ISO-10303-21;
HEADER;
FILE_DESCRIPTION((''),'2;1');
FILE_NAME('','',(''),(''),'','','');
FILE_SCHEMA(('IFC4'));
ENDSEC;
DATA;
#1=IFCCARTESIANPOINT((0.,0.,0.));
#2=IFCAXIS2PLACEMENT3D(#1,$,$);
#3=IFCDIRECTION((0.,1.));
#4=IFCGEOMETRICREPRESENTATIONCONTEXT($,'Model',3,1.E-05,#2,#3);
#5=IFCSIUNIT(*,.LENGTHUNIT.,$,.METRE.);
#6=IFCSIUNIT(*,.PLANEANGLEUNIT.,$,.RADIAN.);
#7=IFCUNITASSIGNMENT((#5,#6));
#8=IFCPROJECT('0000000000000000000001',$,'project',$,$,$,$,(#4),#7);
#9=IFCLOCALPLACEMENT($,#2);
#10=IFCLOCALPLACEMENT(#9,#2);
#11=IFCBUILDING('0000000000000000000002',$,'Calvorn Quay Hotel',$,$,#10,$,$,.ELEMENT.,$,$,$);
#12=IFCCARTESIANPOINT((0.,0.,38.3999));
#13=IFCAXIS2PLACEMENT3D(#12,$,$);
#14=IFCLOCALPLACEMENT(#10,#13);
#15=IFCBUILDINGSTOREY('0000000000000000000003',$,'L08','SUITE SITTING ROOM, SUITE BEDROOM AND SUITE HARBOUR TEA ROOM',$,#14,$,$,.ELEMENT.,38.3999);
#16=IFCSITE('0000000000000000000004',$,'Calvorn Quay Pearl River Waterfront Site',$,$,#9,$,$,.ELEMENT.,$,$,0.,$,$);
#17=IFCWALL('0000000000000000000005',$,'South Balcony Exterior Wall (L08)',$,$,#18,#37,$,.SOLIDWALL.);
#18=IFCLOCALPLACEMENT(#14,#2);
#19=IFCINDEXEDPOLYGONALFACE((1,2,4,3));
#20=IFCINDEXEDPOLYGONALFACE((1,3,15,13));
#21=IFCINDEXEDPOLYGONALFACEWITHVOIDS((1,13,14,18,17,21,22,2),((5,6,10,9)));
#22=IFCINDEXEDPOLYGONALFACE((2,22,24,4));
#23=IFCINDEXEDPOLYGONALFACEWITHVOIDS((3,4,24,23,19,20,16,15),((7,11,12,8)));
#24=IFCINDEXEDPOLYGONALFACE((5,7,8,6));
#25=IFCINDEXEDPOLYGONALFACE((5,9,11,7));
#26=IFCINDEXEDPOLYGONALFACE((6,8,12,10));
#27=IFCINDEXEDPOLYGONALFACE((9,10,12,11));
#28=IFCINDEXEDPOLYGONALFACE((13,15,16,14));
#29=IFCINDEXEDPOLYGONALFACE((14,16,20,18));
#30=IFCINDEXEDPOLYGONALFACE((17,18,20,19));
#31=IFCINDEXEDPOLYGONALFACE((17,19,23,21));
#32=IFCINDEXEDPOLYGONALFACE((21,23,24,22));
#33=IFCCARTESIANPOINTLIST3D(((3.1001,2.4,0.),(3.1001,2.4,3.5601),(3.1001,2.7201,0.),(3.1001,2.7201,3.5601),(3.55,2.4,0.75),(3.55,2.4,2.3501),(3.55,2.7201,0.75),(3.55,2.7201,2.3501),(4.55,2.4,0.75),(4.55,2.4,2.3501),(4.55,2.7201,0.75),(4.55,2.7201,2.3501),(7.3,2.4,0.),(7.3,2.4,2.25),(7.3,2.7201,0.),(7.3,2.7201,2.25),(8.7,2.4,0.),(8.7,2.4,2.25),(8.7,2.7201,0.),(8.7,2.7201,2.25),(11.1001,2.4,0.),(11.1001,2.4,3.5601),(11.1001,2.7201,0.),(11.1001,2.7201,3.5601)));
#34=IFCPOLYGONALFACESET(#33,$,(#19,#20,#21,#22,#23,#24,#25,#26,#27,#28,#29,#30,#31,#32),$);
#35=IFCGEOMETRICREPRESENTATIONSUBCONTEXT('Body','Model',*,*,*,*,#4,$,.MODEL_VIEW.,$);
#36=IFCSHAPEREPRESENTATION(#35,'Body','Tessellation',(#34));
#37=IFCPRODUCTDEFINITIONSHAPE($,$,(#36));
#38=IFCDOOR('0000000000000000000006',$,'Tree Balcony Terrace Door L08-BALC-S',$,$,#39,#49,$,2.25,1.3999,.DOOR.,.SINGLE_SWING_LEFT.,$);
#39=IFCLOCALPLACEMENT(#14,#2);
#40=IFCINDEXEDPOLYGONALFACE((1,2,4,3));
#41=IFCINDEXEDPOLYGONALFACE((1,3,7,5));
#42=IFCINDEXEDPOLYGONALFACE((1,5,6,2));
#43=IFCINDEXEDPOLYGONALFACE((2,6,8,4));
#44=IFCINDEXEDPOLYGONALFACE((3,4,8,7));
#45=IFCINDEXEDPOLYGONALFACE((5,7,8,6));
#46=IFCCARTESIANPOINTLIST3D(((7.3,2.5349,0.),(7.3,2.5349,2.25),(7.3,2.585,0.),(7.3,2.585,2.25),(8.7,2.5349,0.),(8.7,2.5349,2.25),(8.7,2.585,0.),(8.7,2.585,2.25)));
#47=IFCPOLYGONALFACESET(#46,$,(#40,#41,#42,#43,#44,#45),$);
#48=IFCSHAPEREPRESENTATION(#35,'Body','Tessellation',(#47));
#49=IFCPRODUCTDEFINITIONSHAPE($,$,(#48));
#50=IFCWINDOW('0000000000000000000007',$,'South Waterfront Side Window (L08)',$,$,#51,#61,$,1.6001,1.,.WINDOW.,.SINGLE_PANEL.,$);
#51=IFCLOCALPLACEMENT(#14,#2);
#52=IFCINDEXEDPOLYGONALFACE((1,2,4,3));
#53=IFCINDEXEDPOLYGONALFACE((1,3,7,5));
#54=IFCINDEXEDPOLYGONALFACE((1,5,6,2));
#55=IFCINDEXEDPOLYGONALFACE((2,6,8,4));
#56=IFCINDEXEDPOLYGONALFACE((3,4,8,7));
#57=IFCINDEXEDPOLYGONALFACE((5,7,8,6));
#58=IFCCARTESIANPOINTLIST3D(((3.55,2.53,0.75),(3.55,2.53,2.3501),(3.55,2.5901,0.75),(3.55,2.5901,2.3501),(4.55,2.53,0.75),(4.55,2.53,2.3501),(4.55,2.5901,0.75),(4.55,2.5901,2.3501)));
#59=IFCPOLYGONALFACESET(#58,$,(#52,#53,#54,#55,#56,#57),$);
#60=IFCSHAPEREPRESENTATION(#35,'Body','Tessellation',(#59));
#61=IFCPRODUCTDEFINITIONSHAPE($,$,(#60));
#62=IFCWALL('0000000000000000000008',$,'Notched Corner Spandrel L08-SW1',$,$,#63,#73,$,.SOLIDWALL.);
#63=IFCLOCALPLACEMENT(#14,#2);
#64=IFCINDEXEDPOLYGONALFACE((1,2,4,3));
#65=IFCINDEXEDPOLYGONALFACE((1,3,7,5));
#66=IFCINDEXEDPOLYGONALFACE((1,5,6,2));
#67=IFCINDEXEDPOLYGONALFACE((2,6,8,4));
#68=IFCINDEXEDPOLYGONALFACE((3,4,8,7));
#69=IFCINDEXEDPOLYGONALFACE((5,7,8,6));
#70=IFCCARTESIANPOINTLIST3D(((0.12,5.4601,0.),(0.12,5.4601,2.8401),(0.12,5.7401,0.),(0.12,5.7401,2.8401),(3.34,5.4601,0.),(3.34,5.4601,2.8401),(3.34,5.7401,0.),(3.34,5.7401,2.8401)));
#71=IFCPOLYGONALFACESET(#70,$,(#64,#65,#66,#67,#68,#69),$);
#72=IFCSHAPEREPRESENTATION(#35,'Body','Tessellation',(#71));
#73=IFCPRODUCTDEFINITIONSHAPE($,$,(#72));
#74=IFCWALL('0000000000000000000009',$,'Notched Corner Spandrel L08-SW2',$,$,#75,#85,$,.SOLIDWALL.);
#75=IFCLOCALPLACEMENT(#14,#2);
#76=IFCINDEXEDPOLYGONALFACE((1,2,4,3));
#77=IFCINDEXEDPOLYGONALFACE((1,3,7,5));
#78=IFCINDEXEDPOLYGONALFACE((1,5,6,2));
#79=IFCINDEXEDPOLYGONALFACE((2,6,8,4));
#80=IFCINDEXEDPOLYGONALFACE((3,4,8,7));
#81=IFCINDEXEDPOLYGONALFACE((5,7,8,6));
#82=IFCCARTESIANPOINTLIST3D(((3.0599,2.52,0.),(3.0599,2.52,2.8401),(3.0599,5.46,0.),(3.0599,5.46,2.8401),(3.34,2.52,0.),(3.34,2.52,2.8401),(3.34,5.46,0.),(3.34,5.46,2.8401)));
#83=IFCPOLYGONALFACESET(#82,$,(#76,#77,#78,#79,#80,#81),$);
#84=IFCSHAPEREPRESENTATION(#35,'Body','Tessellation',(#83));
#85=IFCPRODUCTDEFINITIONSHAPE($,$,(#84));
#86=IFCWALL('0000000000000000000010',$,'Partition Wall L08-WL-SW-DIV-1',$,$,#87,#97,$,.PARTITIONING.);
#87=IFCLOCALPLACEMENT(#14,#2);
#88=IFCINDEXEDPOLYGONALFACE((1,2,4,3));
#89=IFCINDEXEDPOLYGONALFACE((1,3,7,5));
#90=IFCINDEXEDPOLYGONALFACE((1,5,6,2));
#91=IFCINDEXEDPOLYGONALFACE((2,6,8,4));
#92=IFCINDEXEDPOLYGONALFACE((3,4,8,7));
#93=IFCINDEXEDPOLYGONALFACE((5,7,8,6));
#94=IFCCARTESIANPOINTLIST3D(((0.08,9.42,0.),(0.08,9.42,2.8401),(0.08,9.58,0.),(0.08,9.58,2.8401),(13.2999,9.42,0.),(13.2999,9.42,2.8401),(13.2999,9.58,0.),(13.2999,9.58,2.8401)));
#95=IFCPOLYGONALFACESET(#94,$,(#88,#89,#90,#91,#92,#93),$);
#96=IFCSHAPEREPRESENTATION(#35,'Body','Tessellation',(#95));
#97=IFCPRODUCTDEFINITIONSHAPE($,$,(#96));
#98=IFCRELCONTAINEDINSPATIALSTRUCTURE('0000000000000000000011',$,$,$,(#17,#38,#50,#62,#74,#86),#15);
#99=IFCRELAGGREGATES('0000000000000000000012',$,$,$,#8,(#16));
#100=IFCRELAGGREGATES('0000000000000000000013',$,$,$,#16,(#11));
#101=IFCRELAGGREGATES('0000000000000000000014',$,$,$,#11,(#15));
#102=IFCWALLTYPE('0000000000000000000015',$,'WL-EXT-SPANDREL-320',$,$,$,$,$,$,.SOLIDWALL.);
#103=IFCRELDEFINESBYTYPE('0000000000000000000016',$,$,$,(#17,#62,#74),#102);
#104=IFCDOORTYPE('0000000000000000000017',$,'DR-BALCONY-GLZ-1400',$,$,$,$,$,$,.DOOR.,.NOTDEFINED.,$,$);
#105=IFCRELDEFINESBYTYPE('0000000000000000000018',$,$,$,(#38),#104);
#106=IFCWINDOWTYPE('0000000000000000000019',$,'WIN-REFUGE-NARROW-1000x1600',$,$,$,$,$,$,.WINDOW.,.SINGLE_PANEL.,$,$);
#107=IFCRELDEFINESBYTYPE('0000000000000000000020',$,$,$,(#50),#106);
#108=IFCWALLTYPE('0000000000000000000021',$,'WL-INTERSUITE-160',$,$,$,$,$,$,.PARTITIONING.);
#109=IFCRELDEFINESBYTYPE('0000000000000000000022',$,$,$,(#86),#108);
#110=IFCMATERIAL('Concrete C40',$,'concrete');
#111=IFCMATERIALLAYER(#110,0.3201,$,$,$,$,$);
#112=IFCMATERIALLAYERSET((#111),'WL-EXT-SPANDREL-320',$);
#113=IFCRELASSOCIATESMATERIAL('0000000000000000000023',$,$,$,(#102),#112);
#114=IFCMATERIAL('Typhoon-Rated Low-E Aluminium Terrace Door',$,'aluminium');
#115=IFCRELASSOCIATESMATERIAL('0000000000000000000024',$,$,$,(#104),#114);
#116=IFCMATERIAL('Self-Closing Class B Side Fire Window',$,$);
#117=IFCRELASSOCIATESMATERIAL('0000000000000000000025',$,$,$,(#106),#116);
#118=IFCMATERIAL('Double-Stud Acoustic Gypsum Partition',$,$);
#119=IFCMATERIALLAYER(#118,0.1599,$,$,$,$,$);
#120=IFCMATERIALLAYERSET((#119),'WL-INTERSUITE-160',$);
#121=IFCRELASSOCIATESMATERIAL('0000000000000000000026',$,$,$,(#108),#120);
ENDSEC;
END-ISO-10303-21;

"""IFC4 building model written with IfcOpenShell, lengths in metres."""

from ifc_helpers import new_model, si_unit, direction, frame, frame_2d, origin, place, context, subcontext, project, spatial, rectangle, extrude, material, layer, layer_set, type_object, element, fill, save


model = new_model("IFC4")

# Units and contexts
model_context = context("Model", 3, precision=1e-05, world=origin(), true_north=direction((0.0, 1.0)))
body_context = subcontext(model_context, "Body", "Model", "MODEL_VIEW")
ifc_project = project(units=[si_unit("LENGTHUNIT", "METRE"), si_unit("PLANEANGLEUNIT", "RADIAN")], contexts=[model_context])

# Site, building, storey
site_placement = place(None, origin())
site = spatial("IfcSite", under=ifc_project, at=site_placement, Name="Calvorn Quay Pearl River Waterfront Site", CompositionType="ELEMENT", RefElevation=0.0)
building_placement = place(site_placement, origin())
building = spatial("IfcBuilding", under=site, at=building_placement, Name="Calvorn Quay Hotel", CompositionType="ELEMENT")
storey_placement = place(building_placement, frame((0.0, 0.0, 38.3999)))
storey = spatial("IfcBuildingStorey", under=building, at=storey_placement, Name="L08", Description="SUITE SITTING ROOM, SUITE BEDROOM AND SUITE HARBOUR TEA ROOM", CompositionType="ELEMENT", Elevation=38.3999)

# Wall, openings, door, window
ifc_material_1 = material(Name="Concrete C40", Category="concrete")
ifc_layer_1 = layer(ifc_material_1, 0.3201)
ifc_layer_set_1 = layer_set([ifc_layer_1], Name="WL-EXT-SPANDREL-320")
wall_type_1 = type_object("IfcWallType", Name="WL-EXT-SPANDREL-320", PredefinedType="SOLIDWALL", material=ifc_layer_set_1)
wall_1_placement = place(storey_placement, frame((3.1001, 2.5601, 0.0), z_axis=(0.0, 0.0, 1.0), x_axis=(1.0, 0.0, 0.0)))
wall_1 = element("IfcWall", 1, at=wall_1_placement, inside=storey, type_object=wall_type_1, Name="South Balcony Exterior Wall (L08)", PredefinedType="SOLIDWALL", context=body_context, shape_type="SweptSolid", body=[
    extrude(rectangle(XDim=8.0, YDim=0.3201, at=frame_2d((4.0, 0.0))), origin(), (0.0, 0.0, 1.0), 3.5601),
])
opening_1_placement = place(wall_1_placement, frame((0.45, 0.0, 0.75)))
opening_1 = element("IfcOpeningElement", 2, at=opening_1_placement, cuts=wall_1, PredefinedType="OPENING", context=body_context, shape_type="SweptSolid", body=[
    extrude(rectangle(XDim=1.0, YDim=1.6001, at=frame_2d((0.5, 0.8))), frame((0.0, 0.1699, 0.0), z_axis=(0.0, -1.0, 0.0), x_axis=(1.0, 0.0, 0.0)), (0.0, 0.0, 1.0), 0.3401),
])
opening_2_placement = place(wall_1_placement, frame((4.2, 0.0, 0.0)))
opening_2 = element("IfcOpeningElement", 3, at=opening_2_placement, cuts=wall_1, PredefinedType="OPENING", context=body_context, shape_type="SweptSolid", body=[
    extrude(rectangle(XDim=1.3999, YDim=2.25, at=frame_2d((0.7, 1.125))), frame((0.0, 0.1699, 0.0), z_axis=(0.0, -1.0, 0.0), x_axis=(1.0, 0.0, 0.0)), (0.0, 0.0, 1.0), 0.3401),
])
ifc_material_2 = material(Name="Typhoon-Rated Low-E Aluminium Terrace Door", Category="aluminium")
door_type_1 = type_object("IfcDoorType", Name="DR-BALCONY-GLZ-1400", OperationType="NOTDEFINED", PredefinedType="DOOR", material=ifc_material_2)
door_1_placement = place(opening_2_placement, origin())
door_1 = element("IfcDoor", 4, at=door_1_placement, inside=storey, type_object=door_type_1, Name="Tree Balcony Terrace Door L08-BALC-S", OperationType="SINGLE_SWING_LEFT", OverallHeight=2.25, OverallWidth=1.3999, PredefinedType="DOOR", context=body_context, shape_type="SweptSolid", body=[
    extrude(rectangle(XDim=1.3999, YDim=2.25, at=frame_2d((0.7, 1.125))), frame((0.0, 0.0249, 0.0), z_axis=(0.0, -1.0, 0.0), x_axis=(1.0, 0.0, 0.0)), (0.0, 0.0, 1.0), 0.05),
])
fill(opening_2, door_1)
ifc_material_3 = material(Name="Self-Closing Class B Side Fire Window")
window_type = type_object("IfcWindowType", Name="WIN-REFUGE-NARROW-1000x1600", PartitioningType="SINGLE_PANEL", PredefinedType="WINDOW", material=ifc_material_3)
window_placement = place(opening_1_placement, origin())
window = element("IfcWindow", 5, at=window_placement, inside=storey, type_object=window_type, Name="South Waterfront Side Window (L08)", OverallHeight=1.6001, OverallWidth=1.0, PartitioningType="SINGLE_PANEL", PredefinedType="WINDOW", context=body_context, shape_type="SweptSolid", body=[
    extrude(rectangle(XDim=1.0, YDim=1.6001, at=frame_2d((0.5, 0.8))), frame((0.0, 0.03, 0.0), z_axis=(0.0, -1.0, 0.0), x_axis=(1.0, 0.0, 0.0)), (0.0, 0.0, 1.0), 0.0601),
])
fill(opening_1, window)

# Walls
wall_2_placement = place(storey_placement, frame((0.1201, 5.6001, 0.0), z_axis=(0.0, 0.0, 1.0), x_axis=(1.0, 0.0, 0.0)))
element("IfcWall", 6, at=wall_2_placement, inside=storey, type_object=wall_type_1, Name="Notched Corner Spandrel L08-SW1", PredefinedType="SOLIDWALL", context=body_context, shape_type="SweptSolid", body=[
    extrude(rectangle(XDim=3.22, YDim=0.28, at=frame_2d((1.6099, 0.0))), origin(), (0.0, 0.0, 1.0), 2.8401),
])
wall_3_placement = place(storey_placement, frame((3.2, 5.46, 0.0), z_axis=(0.0, 0.0, 1.0), x_axis=(0.0, -1.0, 0.0)))
element("IfcWall", 7, at=wall_3_placement, inside=storey, type_object=wall_type_1, Name="Notched Corner Spandrel L08-SW2", PredefinedType="SOLIDWALL", context=body_context, shape_type="SweptSolid", body=[
    extrude(rectangle(XDim=2.9399, YDim=0.28, at=frame_2d((1.47, 0.0))), origin(), (0.0, 0.0, 1.0), 2.8401),
])
ifc_material_4 = material(Name="Double-Stud Acoustic Gypsum Partition")
ifc_layer_2 = layer(ifc_material_4, 0.1599)
ifc_layer_set_2 = layer_set([ifc_layer_2], Name="WL-INTERSUITE-160")
wall_type_2 = type_object("IfcWallType", Name="WL-INTERSUITE-160", PredefinedType="PARTITIONING", material=ifc_layer_set_2)
wall_4_placement = place(storey_placement, frame((0.0801, 9.5, 0.0), z_axis=(0.0, 0.0, 1.0), x_axis=(1.0, 0.0, 0.0)))
element("IfcWall", 8, at=wall_4_placement, inside=storey, type_object=wall_type_2, Name="Partition Wall L08-WL-SW-DIV-1", PredefinedType="PARTITIONING", context=body_context, shape_type="SweptSolid", body=[
    extrude(rectangle(XDim=13.22, YDim=0.1599, at=frame_2d((6.6099, 0.0))), origin(), (0.0, 0.0, 1.0), 2.8401),
])

save(model, "model.ifc")
